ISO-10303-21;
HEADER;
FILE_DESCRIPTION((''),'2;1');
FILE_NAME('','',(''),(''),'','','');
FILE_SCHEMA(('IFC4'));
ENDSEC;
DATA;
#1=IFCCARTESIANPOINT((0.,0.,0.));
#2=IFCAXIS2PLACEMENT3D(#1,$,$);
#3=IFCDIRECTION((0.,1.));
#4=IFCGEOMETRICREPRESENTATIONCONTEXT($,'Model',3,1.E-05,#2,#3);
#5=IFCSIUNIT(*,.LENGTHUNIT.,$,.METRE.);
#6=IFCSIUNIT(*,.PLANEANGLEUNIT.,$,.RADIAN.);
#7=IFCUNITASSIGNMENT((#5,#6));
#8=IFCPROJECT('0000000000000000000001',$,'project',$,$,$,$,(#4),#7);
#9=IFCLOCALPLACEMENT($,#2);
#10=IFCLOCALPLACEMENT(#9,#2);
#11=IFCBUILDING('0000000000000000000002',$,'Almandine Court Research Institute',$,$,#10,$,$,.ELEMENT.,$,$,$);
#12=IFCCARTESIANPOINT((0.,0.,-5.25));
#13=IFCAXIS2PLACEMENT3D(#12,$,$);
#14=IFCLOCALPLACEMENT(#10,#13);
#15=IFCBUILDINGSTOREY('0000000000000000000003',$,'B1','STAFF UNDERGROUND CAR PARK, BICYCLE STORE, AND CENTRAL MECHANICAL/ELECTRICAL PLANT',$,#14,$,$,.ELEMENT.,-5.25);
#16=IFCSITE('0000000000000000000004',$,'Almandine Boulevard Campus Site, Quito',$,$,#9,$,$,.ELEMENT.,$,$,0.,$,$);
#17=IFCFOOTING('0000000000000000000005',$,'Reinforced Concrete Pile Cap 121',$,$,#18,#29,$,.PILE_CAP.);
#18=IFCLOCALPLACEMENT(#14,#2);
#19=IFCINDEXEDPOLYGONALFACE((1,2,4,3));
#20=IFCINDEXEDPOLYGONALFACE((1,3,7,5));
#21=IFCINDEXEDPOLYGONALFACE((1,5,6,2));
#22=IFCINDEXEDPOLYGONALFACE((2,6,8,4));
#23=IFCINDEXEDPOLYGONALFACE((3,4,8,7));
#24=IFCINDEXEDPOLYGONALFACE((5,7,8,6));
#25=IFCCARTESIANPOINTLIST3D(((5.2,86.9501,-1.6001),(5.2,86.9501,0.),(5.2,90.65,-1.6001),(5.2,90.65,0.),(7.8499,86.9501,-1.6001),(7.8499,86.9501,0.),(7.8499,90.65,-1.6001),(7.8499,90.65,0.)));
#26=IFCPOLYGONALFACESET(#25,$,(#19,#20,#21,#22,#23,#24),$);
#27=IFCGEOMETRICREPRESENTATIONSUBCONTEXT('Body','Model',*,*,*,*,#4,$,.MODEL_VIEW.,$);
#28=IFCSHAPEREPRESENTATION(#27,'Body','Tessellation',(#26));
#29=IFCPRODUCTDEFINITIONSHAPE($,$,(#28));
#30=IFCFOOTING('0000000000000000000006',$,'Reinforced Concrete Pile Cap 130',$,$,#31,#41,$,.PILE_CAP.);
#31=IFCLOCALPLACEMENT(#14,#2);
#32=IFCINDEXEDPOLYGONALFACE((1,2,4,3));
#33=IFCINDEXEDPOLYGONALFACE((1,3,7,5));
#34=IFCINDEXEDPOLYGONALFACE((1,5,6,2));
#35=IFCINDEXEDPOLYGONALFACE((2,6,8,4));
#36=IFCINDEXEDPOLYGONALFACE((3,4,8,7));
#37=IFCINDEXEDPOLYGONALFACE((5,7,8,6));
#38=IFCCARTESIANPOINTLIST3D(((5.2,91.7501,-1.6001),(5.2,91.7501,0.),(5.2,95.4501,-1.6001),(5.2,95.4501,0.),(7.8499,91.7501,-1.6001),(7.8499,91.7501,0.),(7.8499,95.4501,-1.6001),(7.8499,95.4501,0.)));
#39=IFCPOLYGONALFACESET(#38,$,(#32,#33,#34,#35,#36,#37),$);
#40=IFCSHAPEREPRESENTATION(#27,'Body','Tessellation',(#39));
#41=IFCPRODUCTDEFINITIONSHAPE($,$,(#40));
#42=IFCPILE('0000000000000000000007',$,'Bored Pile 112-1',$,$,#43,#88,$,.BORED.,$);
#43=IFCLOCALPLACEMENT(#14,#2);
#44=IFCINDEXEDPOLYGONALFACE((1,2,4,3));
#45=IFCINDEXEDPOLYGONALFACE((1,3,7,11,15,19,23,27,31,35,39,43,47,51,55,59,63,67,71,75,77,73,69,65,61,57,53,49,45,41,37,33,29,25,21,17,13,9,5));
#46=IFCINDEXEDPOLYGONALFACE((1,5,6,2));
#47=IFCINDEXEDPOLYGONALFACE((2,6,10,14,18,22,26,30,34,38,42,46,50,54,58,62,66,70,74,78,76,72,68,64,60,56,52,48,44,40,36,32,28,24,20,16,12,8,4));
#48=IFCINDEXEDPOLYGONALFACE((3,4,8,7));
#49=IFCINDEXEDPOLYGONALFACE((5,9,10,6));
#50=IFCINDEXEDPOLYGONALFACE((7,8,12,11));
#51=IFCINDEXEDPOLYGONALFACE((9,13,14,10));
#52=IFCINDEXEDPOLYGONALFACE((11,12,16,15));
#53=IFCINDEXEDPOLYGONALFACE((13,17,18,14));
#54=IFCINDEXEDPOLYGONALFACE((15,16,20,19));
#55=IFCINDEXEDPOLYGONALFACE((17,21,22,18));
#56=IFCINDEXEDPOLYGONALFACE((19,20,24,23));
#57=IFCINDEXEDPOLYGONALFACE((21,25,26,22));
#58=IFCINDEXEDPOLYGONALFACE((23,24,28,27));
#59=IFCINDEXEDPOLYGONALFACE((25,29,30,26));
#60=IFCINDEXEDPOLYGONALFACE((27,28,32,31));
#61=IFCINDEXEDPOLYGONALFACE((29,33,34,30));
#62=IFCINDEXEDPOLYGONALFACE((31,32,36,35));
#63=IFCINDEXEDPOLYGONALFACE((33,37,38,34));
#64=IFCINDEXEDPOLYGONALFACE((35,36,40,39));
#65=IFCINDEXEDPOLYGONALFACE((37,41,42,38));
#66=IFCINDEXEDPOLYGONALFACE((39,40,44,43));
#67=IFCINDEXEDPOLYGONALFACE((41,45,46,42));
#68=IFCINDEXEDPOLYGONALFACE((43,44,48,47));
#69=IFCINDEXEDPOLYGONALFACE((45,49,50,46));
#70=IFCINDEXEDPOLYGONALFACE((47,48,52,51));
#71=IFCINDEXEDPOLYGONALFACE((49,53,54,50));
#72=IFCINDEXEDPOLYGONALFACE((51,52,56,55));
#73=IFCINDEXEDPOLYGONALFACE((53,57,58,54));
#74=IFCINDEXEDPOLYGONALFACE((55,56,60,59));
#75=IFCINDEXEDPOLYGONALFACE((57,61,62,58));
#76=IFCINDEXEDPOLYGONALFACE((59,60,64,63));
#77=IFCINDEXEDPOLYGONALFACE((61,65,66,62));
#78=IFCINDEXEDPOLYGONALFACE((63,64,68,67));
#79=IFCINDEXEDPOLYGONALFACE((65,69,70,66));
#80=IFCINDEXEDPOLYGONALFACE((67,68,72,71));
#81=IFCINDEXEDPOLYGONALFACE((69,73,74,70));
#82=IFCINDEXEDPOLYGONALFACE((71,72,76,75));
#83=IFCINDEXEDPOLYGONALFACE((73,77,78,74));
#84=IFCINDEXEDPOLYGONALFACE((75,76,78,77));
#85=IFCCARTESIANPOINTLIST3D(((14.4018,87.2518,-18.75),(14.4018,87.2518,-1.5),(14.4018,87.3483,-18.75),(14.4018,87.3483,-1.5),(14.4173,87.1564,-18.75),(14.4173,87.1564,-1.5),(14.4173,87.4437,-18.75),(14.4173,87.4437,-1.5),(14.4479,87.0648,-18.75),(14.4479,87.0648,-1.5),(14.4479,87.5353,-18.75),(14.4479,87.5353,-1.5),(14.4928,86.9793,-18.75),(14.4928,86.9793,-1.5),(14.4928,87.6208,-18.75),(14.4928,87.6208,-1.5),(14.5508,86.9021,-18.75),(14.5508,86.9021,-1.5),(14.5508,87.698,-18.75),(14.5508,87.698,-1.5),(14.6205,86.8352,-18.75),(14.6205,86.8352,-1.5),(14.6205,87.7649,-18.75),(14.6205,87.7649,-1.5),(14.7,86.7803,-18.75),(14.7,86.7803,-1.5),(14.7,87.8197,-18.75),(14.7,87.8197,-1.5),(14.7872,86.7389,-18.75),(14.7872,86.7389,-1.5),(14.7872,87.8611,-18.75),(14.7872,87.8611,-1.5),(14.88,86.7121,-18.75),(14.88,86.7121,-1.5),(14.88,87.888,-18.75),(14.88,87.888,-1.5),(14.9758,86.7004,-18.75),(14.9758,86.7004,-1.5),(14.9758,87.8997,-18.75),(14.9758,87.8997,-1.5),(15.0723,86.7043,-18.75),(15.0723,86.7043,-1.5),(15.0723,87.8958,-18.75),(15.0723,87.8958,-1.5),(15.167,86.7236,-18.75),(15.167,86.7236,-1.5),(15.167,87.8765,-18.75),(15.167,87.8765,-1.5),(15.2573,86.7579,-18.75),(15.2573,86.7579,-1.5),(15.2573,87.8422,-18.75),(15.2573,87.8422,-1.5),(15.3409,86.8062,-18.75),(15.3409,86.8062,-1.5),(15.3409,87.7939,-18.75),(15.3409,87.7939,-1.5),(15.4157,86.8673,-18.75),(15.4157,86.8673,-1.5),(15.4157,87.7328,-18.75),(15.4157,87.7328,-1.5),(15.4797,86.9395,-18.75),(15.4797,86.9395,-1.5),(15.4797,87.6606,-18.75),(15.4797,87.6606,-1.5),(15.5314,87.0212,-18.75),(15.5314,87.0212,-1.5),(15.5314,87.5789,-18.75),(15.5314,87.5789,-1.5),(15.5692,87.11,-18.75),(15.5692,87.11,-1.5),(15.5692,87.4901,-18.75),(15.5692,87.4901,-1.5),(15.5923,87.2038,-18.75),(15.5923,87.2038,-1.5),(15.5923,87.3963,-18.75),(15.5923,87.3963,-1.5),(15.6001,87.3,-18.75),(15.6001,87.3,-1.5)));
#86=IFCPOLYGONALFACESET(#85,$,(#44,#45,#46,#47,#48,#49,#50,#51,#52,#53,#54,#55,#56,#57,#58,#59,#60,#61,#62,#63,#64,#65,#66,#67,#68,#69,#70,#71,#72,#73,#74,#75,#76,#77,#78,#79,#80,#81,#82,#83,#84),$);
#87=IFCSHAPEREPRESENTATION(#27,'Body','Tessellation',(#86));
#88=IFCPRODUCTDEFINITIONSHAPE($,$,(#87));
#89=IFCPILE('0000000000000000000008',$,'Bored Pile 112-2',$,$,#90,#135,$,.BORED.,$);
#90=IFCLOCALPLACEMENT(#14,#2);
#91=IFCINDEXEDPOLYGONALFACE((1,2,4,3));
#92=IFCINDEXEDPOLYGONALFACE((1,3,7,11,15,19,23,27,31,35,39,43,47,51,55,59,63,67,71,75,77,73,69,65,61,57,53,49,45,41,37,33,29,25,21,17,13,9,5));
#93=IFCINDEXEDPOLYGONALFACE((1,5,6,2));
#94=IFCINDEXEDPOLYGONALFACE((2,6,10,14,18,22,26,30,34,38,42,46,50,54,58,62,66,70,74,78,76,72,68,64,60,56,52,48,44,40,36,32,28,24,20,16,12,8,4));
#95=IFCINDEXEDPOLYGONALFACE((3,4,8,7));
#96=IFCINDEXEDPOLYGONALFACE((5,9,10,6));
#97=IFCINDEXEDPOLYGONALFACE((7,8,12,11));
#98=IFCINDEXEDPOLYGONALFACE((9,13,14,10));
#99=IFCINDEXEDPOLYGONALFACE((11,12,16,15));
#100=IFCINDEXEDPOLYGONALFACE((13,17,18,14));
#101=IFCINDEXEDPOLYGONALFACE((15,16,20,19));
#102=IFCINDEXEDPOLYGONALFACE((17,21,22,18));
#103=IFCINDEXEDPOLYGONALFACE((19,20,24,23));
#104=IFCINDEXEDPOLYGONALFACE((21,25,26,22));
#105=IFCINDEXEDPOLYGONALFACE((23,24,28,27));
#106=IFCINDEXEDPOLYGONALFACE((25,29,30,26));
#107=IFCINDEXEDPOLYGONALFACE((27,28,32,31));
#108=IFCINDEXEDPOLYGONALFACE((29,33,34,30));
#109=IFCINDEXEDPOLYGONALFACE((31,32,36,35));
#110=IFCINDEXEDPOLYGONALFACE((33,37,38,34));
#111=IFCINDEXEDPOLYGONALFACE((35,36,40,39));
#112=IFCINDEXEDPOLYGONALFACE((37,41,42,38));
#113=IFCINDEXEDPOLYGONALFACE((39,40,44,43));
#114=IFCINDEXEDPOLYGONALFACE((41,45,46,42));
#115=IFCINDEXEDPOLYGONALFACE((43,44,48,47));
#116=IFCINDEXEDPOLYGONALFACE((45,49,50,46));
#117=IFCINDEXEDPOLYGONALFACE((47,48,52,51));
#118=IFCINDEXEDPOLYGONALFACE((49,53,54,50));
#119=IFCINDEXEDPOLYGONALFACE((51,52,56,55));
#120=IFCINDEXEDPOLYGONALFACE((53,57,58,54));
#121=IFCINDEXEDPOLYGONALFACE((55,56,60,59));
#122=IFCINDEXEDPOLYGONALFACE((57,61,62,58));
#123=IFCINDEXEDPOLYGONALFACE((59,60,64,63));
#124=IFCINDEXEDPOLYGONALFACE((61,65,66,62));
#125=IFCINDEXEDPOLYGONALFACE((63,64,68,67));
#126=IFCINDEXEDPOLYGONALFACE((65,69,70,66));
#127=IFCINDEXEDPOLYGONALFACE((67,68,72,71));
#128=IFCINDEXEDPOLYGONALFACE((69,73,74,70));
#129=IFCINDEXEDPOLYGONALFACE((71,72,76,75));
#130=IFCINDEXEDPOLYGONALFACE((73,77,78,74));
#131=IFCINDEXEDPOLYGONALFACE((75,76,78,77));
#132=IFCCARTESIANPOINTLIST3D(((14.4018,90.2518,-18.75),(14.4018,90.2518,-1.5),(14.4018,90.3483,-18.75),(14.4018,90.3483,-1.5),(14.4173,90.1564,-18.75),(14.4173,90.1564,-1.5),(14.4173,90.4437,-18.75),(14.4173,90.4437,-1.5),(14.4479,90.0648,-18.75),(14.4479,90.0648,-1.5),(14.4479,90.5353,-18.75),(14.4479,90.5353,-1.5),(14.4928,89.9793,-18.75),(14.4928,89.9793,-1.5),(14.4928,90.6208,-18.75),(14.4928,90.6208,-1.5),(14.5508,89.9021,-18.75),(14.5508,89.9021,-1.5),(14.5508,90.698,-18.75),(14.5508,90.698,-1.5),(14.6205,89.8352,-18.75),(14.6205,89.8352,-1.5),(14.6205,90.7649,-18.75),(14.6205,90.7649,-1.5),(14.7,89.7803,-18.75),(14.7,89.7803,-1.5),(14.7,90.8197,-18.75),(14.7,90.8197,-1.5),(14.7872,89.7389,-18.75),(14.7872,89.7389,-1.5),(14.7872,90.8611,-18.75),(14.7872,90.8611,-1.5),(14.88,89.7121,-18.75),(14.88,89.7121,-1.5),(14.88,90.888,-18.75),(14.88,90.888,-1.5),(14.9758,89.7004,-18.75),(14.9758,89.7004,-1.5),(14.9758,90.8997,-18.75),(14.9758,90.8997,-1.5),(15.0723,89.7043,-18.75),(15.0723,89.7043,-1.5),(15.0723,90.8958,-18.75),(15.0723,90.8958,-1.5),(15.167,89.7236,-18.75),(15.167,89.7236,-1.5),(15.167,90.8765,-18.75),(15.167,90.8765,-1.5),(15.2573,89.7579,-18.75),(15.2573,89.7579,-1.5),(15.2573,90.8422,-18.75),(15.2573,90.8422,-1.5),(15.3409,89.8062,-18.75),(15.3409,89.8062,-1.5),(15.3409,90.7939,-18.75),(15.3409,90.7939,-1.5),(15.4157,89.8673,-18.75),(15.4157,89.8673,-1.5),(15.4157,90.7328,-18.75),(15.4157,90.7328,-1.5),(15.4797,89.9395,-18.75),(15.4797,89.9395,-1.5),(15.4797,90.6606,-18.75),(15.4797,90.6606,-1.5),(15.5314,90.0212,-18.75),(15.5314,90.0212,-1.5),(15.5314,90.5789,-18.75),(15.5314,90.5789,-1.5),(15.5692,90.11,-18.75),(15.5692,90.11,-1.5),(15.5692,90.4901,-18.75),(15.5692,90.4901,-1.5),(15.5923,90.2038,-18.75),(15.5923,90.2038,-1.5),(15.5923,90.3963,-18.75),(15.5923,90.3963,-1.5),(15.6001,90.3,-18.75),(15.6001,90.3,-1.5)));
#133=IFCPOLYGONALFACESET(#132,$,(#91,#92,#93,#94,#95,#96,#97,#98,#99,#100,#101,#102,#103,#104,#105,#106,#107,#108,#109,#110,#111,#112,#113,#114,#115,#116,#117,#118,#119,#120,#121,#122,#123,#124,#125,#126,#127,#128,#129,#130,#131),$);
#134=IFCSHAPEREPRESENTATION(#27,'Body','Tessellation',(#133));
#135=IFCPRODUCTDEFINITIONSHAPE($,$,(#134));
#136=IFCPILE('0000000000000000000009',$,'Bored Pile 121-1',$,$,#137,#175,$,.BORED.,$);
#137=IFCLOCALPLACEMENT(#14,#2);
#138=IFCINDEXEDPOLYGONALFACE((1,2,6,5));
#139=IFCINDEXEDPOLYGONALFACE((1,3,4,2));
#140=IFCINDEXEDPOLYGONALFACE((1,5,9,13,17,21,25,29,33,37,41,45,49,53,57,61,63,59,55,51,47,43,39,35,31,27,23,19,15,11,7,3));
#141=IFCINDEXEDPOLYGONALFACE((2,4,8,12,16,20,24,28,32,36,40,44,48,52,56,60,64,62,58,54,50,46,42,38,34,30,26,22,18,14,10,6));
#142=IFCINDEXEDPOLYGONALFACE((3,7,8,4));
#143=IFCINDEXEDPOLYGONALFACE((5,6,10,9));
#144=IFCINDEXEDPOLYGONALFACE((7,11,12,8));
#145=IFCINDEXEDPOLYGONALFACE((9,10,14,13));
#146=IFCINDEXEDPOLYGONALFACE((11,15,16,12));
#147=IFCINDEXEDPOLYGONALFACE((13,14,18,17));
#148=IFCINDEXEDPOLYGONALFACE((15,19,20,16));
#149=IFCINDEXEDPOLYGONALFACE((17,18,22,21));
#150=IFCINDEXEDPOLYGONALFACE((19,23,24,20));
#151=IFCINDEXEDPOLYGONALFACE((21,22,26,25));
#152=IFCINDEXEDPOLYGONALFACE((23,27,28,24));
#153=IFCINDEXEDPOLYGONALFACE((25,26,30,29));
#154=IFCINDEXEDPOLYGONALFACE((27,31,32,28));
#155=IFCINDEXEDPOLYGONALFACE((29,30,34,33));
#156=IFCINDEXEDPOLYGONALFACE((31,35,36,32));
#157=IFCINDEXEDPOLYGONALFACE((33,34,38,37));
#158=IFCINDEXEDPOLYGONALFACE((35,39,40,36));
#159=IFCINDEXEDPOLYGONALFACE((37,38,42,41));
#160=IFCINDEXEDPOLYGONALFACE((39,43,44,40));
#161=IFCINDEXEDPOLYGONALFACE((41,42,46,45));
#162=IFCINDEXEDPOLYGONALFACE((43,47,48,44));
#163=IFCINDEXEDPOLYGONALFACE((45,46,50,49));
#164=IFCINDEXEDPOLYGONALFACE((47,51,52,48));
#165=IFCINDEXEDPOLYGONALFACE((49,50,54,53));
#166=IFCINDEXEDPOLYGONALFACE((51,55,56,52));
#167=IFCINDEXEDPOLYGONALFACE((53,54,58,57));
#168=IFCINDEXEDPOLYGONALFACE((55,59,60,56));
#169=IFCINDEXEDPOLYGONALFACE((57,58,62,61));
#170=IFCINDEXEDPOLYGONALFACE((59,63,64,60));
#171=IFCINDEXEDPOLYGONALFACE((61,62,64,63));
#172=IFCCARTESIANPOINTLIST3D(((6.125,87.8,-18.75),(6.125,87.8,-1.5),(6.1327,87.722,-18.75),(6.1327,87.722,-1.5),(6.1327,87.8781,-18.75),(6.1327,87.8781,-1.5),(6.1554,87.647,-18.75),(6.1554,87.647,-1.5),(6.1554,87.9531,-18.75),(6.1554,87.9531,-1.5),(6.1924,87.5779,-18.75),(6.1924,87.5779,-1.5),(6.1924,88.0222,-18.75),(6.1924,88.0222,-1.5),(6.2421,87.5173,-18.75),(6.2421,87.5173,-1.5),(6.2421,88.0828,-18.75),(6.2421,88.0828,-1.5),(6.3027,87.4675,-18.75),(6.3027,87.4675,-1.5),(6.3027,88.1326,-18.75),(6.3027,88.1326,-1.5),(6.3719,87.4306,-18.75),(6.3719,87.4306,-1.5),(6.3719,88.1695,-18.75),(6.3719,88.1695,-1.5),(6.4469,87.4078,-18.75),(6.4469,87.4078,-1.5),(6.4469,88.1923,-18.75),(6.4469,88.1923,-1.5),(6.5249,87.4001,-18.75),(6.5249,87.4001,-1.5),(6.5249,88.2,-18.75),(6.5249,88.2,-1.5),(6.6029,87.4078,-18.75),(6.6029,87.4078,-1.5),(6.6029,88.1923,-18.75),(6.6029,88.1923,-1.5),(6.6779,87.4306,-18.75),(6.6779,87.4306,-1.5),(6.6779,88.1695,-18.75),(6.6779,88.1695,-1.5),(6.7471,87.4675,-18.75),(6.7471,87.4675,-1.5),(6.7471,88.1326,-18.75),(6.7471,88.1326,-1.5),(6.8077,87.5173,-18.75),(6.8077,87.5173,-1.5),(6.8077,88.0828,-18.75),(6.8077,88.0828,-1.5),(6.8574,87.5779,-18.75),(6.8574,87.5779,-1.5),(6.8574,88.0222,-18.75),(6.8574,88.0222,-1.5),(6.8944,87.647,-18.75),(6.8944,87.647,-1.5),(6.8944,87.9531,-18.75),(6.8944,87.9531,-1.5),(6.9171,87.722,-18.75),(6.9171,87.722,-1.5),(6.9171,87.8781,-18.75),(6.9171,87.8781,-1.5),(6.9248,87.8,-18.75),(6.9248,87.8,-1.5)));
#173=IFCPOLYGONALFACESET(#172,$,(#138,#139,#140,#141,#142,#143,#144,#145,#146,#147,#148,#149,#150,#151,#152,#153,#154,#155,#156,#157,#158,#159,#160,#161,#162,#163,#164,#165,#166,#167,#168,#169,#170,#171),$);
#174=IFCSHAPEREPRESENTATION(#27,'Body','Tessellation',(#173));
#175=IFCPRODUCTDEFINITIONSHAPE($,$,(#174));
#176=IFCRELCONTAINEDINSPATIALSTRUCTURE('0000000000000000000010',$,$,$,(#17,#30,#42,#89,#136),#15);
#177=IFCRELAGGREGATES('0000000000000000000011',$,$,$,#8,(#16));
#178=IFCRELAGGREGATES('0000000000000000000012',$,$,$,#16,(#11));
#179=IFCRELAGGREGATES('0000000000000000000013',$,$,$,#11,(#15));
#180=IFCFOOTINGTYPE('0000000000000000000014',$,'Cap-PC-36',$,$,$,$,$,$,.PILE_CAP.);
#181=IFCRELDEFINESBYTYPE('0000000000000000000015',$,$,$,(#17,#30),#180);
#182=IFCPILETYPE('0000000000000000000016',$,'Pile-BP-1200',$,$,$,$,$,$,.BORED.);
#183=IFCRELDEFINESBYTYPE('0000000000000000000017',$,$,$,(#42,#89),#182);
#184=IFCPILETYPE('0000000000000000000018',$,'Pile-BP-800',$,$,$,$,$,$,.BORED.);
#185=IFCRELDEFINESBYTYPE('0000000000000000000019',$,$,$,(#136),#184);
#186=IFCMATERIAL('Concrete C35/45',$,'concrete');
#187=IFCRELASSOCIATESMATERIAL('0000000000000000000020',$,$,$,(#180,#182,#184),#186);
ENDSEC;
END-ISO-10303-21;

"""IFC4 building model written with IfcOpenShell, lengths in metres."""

from ifc_helpers import new_model, si_unit, direction, frame, origin, origin_2d, place, context, subcontext, project, spatial, rectangle, circle, extrude, material, material_profile, profile_set, type_object, element, save


model = new_model("IFC4")

# Units and contexts
model_context = context("Model", 3, precision=1e-05, world=origin(), true_north=direction((0.0, 1.0)))
body_context = subcontext(model_context, "Body", "Model", "MODEL_VIEW")
ifc_project = project(units=[si_unit("LENGTHUNIT", "METRE"), si_unit("PLANEANGLEUNIT", "RADIAN")], contexts=[model_context])

# Site, building, storey
site_placement = place(None, origin())
site = spatial("IfcSite", under=ifc_project, at=site_placement, Name="Almandine Boulevard Campus Site, Quito", CompositionType="ELEMENT", RefElevation=0.0)
building_placement = place(site_placement, origin())
building = spatial("IfcBuilding", under=site, at=building_placement, Name="Almandine Court Research Institute", CompositionType="ELEMENT")
storey_placement = place(building_placement, frame((0.0, 0.0, -5.25)))
storey = spatial("IfcBuildingStorey", under=building, at=storey_placement, Name="B1", Description="STAFF UNDERGROUND CAR PARK, BICYCLE STORE, AND CENTRAL MECHANICAL/ELECTRICAL PLANT", CompositionType="ELEMENT", Elevation=-5.25)

# Footings
ifc_material_1 = material(Name="Concrete C35/45", Category="concrete")
footing_type_1 = type_object("IfcFootingType", Name="Cap-PC-36", PredefinedType="PILE_CAP", material=ifc_material_1)
for number, where, z_axis, x_axis, name in (
    (1, (6.5249, 88.8, -1.6001), (0.0, 0.0, 1.0), (1.0, 0.0, 0.0), "Reinforced Concrete Pile Cap 121"),
    (2, (6.5249, 93.6001, -1.6001), (0.0, 0.0, 1.0), (1.0, 0.0, 0.0), "Reinforced Concrete Pile Cap 130"),
):
    element("IfcFooting", number, at=place(storey_placement, frame(where, z_axis=z_axis, x_axis=x_axis)), inside=storey, type_object=footing_type_1, Name=name, PredefinedType="PILE_CAP", context=body_context, shape_type="SweptSolid", body=[
        extrude(rectangle(XDim=2.6499, YDim=3.7, at=origin_2d()), origin(), (0.0, 0.0, 1.0), 1.6001),
    ])

# Piles
ifc_material_profile_1 = material_profile(ifc_material_1, circle(Radius=0.6001, at=origin_2d()), Name="BORED PILE D1200")
ifc_profile_set_1 = profile_set([ifc_material_profile_1], Name="Concrete C35/45")
pile_type_1 = type_object("IfcPileType", Name="Pile-BP-1200", PredefinedType="BORED", material=ifc_profile_set_1)
for number, where, z_axis, x_axis, name in (
    (3, (15.0, 87.3, -1.5), (0.0, 0.0, -1.0), (1.0, 0.0, 0.0), "Bored Pile 112-1"),
    (4, (15.0, 90.3, -1.5), (0.0, 0.0, -1.0), (1.0, 0.0, 0.0), "Bored Pile 112-2"),
):
    element("IfcPile", number, at=place(storey_placement, frame(where, z_axis=z_axis, x_axis=x_axis)), inside=storey, type_object=pile_type_1, Name=name, PredefinedType="BORED", context=body_context, shape_type="SweptSolid", body=[
        extrude(circle(Radius=0.6001, at=origin_2d()), origin(), (0.0, 0.0, 1.0), 17.25),
    ])
ifc_material_profile_2 = material_profile(ifc_material_1, circle(Radius=0.3999, at=origin_2d()), Name="BORED PILE D800")
ifc_profile_set_2 = profile_set([ifc_material_profile_2], Name="Concrete C35/45")
pile_type_2 = type_object("IfcPileType", Name="Pile-BP-800", PredefinedType="BORED", material=ifc_profile_set_2)
for number, where, z_axis, x_axis, name in (
    (5, (6.5249, 87.8, -1.5), (0.0, 0.0, -1.0), (1.0, 0.0, 0.0), "Bored Pile 121-1"),
):
    element("IfcPile", number, at=place(storey_placement, frame(where, z_axis=z_axis, x_axis=x_axis)), inside=storey, type_object=pile_type_2, Name=name, PredefinedType="BORED", context=body_context, shape_type="SweptSolid", body=[
        extrude(circle(Radius=0.3999, at=origin_2d()), origin(), (0.0, 0.0, 1.0), 17.25),
    ])

save(model, "model.ifc")
